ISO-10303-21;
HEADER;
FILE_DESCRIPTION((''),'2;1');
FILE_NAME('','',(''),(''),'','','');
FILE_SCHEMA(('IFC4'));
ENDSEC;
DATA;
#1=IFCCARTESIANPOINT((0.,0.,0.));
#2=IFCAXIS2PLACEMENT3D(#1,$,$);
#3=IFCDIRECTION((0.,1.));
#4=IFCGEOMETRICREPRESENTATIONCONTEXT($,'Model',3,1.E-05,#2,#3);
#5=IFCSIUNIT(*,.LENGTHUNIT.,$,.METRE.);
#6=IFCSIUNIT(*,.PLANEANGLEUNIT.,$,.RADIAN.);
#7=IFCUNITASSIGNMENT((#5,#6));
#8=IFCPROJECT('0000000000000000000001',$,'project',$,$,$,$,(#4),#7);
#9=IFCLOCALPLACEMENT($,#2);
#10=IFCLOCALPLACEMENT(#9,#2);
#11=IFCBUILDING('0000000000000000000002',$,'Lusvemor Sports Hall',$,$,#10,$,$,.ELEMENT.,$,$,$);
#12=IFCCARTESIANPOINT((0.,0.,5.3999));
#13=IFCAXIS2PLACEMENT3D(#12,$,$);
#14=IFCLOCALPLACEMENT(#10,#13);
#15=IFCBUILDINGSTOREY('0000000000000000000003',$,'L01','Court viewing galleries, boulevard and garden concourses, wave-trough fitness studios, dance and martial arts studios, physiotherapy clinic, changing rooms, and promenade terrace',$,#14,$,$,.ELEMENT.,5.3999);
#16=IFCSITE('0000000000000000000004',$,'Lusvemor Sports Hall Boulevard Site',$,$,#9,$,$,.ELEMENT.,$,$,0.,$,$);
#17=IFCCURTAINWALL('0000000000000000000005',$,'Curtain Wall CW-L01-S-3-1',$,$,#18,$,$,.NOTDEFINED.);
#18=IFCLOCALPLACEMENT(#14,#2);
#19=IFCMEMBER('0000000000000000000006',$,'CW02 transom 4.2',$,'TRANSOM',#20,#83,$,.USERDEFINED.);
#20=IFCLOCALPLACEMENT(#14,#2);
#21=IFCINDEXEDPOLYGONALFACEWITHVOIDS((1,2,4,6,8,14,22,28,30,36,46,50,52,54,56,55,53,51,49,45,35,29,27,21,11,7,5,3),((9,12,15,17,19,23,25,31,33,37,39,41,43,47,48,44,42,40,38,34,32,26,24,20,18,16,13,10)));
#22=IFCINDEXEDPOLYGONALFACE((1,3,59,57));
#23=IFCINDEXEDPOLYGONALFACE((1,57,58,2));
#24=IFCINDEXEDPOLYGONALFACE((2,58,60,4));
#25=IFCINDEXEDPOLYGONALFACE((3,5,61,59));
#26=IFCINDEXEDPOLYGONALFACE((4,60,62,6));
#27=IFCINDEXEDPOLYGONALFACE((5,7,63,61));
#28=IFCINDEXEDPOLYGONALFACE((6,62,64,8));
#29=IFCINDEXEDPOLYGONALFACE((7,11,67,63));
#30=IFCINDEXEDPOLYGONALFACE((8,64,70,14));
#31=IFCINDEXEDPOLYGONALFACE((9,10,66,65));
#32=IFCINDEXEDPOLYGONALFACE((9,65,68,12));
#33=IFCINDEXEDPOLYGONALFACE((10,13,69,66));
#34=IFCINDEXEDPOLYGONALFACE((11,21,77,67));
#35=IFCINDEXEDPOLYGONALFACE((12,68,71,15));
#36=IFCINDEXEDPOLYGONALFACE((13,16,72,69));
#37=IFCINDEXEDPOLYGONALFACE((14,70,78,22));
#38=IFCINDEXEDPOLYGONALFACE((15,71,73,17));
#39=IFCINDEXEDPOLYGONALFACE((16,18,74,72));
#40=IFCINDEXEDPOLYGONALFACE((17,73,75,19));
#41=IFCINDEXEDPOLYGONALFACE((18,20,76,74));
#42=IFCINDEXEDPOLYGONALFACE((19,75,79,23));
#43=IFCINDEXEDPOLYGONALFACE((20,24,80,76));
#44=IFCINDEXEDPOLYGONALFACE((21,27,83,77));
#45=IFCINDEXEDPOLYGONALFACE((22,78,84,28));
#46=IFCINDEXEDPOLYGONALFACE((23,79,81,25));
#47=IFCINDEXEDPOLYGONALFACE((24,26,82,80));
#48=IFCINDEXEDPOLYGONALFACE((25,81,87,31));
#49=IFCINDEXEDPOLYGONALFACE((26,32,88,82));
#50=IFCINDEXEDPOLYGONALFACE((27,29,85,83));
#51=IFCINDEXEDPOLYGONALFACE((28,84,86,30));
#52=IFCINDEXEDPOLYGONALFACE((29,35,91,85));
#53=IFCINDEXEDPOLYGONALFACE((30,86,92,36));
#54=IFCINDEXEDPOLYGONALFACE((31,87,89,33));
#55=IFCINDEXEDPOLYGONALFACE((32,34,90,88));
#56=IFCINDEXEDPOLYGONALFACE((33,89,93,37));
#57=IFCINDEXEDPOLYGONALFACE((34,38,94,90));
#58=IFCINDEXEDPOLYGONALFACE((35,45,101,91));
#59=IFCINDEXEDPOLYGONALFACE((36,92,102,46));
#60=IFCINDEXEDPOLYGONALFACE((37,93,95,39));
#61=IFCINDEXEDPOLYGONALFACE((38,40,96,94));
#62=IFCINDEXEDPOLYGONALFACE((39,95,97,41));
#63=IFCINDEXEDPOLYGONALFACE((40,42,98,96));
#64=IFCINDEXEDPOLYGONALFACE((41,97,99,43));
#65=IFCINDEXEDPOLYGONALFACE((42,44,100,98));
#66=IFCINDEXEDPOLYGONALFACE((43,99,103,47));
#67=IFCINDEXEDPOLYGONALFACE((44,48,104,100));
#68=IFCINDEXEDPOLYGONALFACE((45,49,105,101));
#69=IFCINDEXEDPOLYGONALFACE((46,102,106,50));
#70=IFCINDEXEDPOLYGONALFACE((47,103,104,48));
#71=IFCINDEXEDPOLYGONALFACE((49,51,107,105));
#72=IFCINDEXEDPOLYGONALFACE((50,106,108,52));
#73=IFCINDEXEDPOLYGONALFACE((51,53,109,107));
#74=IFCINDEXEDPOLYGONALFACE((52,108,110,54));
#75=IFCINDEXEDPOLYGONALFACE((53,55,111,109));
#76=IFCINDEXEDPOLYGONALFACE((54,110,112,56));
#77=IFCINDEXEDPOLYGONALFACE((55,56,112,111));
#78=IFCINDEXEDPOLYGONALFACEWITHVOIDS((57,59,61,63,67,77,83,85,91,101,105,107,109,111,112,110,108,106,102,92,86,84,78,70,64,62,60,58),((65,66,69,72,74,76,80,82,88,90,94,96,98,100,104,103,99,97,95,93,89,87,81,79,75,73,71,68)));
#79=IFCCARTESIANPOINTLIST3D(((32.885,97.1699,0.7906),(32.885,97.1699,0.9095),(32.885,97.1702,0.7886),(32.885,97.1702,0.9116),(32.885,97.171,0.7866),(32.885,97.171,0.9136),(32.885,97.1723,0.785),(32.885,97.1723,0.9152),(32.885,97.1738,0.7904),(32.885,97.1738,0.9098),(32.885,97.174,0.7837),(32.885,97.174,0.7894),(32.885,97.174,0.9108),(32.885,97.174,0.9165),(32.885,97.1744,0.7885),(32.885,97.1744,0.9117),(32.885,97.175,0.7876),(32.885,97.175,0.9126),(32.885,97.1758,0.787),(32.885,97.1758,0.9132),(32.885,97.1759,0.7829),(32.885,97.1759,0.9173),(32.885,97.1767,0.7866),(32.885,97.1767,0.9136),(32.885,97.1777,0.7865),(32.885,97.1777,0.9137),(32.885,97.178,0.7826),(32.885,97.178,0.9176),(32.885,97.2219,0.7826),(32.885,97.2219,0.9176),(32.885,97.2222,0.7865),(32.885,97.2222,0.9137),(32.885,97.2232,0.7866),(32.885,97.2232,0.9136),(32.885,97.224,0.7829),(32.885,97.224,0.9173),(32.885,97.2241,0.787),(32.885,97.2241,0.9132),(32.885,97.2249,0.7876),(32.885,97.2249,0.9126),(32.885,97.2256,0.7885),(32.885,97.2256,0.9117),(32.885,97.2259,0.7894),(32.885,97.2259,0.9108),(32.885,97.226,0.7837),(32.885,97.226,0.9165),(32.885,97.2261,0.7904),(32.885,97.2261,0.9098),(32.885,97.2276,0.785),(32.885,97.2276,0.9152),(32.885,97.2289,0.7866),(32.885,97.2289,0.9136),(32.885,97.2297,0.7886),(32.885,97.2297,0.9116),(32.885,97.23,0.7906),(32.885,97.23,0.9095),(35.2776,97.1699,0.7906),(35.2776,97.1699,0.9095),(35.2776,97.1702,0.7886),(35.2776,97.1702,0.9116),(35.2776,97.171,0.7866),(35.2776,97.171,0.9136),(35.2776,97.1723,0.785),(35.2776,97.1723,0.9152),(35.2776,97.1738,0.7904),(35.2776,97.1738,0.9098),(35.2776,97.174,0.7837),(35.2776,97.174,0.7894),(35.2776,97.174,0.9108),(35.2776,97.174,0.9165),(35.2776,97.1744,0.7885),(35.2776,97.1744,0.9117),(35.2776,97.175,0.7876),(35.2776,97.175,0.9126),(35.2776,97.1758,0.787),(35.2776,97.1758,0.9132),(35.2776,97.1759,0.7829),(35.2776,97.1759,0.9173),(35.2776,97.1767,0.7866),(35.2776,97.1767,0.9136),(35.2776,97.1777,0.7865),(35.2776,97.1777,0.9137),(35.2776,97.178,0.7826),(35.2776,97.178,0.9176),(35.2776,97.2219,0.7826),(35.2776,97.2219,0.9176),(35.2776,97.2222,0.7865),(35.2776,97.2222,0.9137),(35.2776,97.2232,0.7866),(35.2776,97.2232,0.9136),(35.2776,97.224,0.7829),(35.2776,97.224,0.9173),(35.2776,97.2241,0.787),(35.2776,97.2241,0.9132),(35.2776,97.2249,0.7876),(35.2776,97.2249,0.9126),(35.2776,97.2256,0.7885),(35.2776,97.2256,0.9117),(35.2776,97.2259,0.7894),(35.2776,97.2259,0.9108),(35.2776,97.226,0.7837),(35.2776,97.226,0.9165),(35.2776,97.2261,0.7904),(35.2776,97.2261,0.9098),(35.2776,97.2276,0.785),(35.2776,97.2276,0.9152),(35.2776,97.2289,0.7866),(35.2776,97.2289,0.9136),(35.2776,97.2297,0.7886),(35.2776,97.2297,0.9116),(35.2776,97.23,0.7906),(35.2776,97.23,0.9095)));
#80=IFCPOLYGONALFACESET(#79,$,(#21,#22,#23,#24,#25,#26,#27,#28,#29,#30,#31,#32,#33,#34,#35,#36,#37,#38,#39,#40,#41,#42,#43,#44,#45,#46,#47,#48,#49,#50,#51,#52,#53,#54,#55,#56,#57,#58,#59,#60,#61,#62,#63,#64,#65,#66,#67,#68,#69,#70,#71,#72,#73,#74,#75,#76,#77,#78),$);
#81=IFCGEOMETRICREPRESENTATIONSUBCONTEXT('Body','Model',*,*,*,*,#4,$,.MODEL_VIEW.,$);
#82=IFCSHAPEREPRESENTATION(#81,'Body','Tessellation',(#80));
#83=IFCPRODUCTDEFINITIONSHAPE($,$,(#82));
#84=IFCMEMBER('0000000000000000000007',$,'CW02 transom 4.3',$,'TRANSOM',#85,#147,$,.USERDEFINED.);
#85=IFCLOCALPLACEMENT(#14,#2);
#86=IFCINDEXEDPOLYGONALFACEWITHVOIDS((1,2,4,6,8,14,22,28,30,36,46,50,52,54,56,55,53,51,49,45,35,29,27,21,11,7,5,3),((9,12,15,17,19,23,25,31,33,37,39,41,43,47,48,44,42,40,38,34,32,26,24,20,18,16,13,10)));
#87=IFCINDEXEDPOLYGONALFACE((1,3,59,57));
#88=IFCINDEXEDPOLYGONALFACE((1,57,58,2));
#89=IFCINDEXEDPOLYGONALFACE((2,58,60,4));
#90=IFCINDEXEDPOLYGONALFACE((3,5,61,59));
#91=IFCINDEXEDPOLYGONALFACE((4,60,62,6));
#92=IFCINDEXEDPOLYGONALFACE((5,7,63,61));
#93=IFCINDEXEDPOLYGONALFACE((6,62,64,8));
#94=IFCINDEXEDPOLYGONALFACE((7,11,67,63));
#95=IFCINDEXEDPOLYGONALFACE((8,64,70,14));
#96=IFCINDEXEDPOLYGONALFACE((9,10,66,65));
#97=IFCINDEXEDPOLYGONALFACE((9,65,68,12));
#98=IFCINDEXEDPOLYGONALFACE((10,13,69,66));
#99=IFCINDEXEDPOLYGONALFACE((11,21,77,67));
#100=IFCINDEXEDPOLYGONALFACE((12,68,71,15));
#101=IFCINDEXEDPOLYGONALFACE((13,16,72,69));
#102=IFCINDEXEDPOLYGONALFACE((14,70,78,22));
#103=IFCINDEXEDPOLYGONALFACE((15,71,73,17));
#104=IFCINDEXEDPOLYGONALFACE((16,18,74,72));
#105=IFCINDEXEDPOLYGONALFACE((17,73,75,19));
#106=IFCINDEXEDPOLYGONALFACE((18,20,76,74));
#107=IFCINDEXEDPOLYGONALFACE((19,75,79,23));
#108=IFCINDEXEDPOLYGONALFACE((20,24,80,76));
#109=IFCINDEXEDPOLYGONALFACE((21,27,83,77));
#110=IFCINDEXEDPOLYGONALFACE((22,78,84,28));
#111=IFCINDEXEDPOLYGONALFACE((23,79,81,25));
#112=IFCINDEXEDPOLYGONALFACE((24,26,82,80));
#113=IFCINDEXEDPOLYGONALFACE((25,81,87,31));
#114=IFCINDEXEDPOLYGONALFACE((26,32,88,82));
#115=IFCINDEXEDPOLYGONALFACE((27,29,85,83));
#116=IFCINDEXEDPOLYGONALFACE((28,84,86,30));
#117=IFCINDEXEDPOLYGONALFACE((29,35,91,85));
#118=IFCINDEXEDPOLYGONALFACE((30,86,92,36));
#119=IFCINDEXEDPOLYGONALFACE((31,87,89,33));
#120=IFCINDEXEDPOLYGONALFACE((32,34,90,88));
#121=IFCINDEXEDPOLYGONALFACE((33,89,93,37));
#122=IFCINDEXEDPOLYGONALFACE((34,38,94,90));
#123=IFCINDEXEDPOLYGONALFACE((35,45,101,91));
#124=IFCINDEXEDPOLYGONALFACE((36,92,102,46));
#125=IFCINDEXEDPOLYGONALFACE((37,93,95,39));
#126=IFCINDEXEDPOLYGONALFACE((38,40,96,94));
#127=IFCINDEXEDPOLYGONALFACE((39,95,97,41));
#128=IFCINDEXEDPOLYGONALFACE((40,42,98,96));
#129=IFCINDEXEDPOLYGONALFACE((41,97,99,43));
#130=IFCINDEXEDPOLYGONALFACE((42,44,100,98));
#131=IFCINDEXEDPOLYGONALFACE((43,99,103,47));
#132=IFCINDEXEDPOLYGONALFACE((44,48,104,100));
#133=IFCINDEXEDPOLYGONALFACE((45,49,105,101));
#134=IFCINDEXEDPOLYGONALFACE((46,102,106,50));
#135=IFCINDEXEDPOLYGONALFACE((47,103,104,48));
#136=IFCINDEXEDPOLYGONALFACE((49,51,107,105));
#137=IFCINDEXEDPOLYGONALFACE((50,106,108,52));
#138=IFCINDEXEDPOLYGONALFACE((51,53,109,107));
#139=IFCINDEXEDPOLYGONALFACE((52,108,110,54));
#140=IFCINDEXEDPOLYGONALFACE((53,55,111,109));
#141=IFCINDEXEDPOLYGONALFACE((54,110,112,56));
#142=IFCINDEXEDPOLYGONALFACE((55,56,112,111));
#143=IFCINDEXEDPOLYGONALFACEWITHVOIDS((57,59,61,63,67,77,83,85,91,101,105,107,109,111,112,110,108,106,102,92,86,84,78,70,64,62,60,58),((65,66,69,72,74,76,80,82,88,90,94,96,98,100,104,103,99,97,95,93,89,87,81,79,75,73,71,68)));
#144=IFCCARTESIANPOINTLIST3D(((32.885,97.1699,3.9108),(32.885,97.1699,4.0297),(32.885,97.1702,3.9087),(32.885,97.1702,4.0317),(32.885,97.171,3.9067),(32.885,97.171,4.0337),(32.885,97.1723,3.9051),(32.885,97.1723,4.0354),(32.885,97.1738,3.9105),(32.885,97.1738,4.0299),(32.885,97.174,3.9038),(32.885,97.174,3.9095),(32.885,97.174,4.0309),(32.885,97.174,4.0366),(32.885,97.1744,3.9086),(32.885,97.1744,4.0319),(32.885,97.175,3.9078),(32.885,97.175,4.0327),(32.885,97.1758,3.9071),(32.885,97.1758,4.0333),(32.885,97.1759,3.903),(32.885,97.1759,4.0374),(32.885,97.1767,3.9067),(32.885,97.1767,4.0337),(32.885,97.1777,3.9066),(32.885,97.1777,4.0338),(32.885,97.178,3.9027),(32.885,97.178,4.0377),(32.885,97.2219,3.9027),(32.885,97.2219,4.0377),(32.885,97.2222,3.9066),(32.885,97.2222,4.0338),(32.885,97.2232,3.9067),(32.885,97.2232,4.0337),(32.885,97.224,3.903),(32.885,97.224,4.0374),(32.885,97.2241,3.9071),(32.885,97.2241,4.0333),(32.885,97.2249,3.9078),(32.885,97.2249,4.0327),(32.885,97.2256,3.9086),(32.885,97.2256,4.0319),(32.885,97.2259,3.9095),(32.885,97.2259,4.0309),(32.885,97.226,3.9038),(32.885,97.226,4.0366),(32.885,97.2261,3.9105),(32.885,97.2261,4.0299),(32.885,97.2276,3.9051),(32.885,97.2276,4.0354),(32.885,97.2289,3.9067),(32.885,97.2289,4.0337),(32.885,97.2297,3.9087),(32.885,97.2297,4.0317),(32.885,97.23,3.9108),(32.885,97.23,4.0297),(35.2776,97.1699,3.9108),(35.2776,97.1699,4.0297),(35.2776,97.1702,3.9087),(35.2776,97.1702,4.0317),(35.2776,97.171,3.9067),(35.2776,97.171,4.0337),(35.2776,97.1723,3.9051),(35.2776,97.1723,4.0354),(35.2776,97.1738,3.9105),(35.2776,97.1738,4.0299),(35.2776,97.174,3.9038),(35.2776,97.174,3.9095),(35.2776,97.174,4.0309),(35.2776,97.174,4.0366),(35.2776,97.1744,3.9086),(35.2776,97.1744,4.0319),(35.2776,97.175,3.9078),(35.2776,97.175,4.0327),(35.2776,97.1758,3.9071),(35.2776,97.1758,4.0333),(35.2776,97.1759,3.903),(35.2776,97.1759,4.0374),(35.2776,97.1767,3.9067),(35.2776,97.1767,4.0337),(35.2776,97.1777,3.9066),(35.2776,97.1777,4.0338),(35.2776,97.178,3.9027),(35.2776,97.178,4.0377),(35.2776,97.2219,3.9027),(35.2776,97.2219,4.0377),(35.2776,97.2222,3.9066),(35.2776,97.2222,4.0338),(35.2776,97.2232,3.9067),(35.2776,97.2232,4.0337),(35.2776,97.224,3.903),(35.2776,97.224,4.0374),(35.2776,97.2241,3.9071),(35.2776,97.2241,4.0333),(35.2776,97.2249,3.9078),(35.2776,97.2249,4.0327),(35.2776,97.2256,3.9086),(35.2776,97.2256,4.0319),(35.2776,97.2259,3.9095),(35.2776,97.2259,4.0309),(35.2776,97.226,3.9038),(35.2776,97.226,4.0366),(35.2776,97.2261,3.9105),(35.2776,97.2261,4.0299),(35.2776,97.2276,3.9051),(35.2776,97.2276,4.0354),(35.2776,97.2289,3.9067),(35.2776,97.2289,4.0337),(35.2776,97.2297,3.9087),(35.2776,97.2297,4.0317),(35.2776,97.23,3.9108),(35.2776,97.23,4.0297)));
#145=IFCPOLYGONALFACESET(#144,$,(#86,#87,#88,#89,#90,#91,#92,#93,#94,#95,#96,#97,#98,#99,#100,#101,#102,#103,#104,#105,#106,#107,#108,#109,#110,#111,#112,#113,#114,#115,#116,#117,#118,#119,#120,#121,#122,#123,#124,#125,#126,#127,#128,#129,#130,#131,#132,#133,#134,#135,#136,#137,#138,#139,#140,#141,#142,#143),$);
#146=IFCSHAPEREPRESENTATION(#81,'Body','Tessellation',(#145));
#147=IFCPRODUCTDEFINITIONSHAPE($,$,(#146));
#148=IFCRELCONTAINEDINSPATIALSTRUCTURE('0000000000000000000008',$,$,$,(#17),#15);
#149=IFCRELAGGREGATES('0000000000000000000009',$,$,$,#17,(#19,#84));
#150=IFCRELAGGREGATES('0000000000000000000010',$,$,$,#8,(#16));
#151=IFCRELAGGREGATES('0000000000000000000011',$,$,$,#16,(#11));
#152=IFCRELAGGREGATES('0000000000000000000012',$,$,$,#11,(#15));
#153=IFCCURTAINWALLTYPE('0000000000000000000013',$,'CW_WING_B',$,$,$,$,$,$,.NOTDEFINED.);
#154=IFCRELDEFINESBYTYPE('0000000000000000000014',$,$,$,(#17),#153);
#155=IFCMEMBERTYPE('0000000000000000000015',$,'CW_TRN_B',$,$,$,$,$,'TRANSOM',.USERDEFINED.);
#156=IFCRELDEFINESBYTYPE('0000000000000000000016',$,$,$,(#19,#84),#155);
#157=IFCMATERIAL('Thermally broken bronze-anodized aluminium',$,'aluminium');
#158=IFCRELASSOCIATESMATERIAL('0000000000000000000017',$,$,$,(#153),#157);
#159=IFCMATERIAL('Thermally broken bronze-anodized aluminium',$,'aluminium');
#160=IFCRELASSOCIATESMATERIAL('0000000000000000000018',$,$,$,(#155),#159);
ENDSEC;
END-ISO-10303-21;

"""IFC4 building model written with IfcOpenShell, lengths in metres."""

from ifc_helpers import new_model, si_unit, direction, frame, origin, origin_2d, place, context, subcontext, project, spatial, hollow_rectangle, extrude, material, material_profile, profile_set, type_object, element, aggregate, save


model = new_model("IFC4")

# Units and contexts
model_context = context("Model", 3, precision=1e-05, world=origin(), true_north=direction((0.0, 1.0)))
body_context = subcontext(model_context, "Body", "Model", "MODEL_VIEW")
ifc_project = project(units=[si_unit("LENGTHUNIT", "METRE"), si_unit("PLANEANGLEUNIT", "RADIAN")], contexts=[model_context])

# Site, building, storey
site_placement = place(None, origin())
site = spatial("IfcSite", under=ifc_project, at=site_placement, Name="Lusvemor Sports Hall Boulevard Site", CompositionType="ELEMENT", RefElevation=0.0)
building_placement = place(site_placement, origin())
building = spatial("IfcBuilding", under=site, at=building_placement, Name="Lusvemor Sports Hall", CompositionType="ELEMENT")
storey_placement = place(building_placement, frame((0.0, 0.0, 5.3999)))
storey = spatial("IfcBuildingStorey", under=building, at=storey_placement, Name="L01", Description="Court viewing galleries, boulevard and garden concourses, wave-trough fitness studios, dance and martial arts studios, physiotherapy clinic, changing rooms, and promenade terrace", CompositionType="ELEMENT", Elevation=5.3999)

# Shared definitions
ifc_material_1 = material(Name="Thermally broken bronze-anodized aluminium", Category="aluminium")
curtain_wall_type = type_object("IfcCurtainWallType", Name="CW_WING_B", PredefinedType="NOTDEFINED", material=ifc_material_1)

# Curtain wall
curtain_wall_1_placement = place(storey_placement, origin())
curtain_wall_1 = element("IfcCurtainWall", 1, at=curtain_wall_1_placement, inside=storey, type_object=curtain_wall_type, Name="Curtain Wall CW-L01-S-3-1", PredefinedType="NOTDEFINED")

# Members
ifc_material_2 = material(Name="Thermally broken bronze-anodized aluminium", Category="aluminium")
ifc_material_profile_1 = material_profile(ifc_material_2, hollow_rectangle(XDim=0.0601, YDim=0.135, WallThickness=0.0039, InnerFilletRadius=0.0039, OuterFilletRadius=0.0081, at=origin_2d()), Name="CWTRN135x60x4")
ifc_profile_set_1 = profile_set([ifc_material_profile_1], Name="Thermally broken bronze-anodized aluminium")
member_type_1 = type_object("IfcMemberType", Name="CW_TRN_B", ElementType="TRANSOM", PredefinedType="USERDEFINED", material=ifc_profile_set_1)
member_1_placement = place(storey_placement, frame((35.2776, 97.2, 0.8501), z_axis=(-1.0, 0.0, 0.0), x_axis=(0.0, -1.0, 0.0)))
member_1 = element("IfcMember", 2, at=member_1_placement, type_object=member_type_1, Name="CW02 transom 4.2", ObjectType="TRANSOM", PredefinedType="USERDEFINED", context=body_context, shape_type="SweptSolid", body=[
    extrude(hollow_rectangle(XDim=0.0601, YDim=0.135, WallThickness=0.0039, InnerFilletRadius=0.0039, OuterFilletRadius=0.0081, at=origin_2d()), origin(), (0.0, 0.0, 1.0), 2.3926),
])
member_2_placement = place(storey_placement, frame((35.2776, 97.2, 3.9702), z_axis=(-1.0, 0.0, 0.0), x_axis=(0.0, -1.0, 0.0)))
member_2 = element("IfcMember", 3, at=member_2_placement, type_object=member_type_1, Name="CW02 transom 4.3", ObjectType="TRANSOM", PredefinedType="USERDEFINED", context=body_context, shape_type="SweptSolid", body=[
    extrude(hollow_rectangle(XDim=0.0601, YDim=0.135, WallThickness=0.0039, InnerFilletRadius=0.0039, OuterFilletRadius=0.0081, at=origin_2d()), origin(), (0.0, 0.0, 1.0), 2.3926),
])

aggregate(curtain_wall_1, [member_1, member_2])

save(model, "model.ifc")
